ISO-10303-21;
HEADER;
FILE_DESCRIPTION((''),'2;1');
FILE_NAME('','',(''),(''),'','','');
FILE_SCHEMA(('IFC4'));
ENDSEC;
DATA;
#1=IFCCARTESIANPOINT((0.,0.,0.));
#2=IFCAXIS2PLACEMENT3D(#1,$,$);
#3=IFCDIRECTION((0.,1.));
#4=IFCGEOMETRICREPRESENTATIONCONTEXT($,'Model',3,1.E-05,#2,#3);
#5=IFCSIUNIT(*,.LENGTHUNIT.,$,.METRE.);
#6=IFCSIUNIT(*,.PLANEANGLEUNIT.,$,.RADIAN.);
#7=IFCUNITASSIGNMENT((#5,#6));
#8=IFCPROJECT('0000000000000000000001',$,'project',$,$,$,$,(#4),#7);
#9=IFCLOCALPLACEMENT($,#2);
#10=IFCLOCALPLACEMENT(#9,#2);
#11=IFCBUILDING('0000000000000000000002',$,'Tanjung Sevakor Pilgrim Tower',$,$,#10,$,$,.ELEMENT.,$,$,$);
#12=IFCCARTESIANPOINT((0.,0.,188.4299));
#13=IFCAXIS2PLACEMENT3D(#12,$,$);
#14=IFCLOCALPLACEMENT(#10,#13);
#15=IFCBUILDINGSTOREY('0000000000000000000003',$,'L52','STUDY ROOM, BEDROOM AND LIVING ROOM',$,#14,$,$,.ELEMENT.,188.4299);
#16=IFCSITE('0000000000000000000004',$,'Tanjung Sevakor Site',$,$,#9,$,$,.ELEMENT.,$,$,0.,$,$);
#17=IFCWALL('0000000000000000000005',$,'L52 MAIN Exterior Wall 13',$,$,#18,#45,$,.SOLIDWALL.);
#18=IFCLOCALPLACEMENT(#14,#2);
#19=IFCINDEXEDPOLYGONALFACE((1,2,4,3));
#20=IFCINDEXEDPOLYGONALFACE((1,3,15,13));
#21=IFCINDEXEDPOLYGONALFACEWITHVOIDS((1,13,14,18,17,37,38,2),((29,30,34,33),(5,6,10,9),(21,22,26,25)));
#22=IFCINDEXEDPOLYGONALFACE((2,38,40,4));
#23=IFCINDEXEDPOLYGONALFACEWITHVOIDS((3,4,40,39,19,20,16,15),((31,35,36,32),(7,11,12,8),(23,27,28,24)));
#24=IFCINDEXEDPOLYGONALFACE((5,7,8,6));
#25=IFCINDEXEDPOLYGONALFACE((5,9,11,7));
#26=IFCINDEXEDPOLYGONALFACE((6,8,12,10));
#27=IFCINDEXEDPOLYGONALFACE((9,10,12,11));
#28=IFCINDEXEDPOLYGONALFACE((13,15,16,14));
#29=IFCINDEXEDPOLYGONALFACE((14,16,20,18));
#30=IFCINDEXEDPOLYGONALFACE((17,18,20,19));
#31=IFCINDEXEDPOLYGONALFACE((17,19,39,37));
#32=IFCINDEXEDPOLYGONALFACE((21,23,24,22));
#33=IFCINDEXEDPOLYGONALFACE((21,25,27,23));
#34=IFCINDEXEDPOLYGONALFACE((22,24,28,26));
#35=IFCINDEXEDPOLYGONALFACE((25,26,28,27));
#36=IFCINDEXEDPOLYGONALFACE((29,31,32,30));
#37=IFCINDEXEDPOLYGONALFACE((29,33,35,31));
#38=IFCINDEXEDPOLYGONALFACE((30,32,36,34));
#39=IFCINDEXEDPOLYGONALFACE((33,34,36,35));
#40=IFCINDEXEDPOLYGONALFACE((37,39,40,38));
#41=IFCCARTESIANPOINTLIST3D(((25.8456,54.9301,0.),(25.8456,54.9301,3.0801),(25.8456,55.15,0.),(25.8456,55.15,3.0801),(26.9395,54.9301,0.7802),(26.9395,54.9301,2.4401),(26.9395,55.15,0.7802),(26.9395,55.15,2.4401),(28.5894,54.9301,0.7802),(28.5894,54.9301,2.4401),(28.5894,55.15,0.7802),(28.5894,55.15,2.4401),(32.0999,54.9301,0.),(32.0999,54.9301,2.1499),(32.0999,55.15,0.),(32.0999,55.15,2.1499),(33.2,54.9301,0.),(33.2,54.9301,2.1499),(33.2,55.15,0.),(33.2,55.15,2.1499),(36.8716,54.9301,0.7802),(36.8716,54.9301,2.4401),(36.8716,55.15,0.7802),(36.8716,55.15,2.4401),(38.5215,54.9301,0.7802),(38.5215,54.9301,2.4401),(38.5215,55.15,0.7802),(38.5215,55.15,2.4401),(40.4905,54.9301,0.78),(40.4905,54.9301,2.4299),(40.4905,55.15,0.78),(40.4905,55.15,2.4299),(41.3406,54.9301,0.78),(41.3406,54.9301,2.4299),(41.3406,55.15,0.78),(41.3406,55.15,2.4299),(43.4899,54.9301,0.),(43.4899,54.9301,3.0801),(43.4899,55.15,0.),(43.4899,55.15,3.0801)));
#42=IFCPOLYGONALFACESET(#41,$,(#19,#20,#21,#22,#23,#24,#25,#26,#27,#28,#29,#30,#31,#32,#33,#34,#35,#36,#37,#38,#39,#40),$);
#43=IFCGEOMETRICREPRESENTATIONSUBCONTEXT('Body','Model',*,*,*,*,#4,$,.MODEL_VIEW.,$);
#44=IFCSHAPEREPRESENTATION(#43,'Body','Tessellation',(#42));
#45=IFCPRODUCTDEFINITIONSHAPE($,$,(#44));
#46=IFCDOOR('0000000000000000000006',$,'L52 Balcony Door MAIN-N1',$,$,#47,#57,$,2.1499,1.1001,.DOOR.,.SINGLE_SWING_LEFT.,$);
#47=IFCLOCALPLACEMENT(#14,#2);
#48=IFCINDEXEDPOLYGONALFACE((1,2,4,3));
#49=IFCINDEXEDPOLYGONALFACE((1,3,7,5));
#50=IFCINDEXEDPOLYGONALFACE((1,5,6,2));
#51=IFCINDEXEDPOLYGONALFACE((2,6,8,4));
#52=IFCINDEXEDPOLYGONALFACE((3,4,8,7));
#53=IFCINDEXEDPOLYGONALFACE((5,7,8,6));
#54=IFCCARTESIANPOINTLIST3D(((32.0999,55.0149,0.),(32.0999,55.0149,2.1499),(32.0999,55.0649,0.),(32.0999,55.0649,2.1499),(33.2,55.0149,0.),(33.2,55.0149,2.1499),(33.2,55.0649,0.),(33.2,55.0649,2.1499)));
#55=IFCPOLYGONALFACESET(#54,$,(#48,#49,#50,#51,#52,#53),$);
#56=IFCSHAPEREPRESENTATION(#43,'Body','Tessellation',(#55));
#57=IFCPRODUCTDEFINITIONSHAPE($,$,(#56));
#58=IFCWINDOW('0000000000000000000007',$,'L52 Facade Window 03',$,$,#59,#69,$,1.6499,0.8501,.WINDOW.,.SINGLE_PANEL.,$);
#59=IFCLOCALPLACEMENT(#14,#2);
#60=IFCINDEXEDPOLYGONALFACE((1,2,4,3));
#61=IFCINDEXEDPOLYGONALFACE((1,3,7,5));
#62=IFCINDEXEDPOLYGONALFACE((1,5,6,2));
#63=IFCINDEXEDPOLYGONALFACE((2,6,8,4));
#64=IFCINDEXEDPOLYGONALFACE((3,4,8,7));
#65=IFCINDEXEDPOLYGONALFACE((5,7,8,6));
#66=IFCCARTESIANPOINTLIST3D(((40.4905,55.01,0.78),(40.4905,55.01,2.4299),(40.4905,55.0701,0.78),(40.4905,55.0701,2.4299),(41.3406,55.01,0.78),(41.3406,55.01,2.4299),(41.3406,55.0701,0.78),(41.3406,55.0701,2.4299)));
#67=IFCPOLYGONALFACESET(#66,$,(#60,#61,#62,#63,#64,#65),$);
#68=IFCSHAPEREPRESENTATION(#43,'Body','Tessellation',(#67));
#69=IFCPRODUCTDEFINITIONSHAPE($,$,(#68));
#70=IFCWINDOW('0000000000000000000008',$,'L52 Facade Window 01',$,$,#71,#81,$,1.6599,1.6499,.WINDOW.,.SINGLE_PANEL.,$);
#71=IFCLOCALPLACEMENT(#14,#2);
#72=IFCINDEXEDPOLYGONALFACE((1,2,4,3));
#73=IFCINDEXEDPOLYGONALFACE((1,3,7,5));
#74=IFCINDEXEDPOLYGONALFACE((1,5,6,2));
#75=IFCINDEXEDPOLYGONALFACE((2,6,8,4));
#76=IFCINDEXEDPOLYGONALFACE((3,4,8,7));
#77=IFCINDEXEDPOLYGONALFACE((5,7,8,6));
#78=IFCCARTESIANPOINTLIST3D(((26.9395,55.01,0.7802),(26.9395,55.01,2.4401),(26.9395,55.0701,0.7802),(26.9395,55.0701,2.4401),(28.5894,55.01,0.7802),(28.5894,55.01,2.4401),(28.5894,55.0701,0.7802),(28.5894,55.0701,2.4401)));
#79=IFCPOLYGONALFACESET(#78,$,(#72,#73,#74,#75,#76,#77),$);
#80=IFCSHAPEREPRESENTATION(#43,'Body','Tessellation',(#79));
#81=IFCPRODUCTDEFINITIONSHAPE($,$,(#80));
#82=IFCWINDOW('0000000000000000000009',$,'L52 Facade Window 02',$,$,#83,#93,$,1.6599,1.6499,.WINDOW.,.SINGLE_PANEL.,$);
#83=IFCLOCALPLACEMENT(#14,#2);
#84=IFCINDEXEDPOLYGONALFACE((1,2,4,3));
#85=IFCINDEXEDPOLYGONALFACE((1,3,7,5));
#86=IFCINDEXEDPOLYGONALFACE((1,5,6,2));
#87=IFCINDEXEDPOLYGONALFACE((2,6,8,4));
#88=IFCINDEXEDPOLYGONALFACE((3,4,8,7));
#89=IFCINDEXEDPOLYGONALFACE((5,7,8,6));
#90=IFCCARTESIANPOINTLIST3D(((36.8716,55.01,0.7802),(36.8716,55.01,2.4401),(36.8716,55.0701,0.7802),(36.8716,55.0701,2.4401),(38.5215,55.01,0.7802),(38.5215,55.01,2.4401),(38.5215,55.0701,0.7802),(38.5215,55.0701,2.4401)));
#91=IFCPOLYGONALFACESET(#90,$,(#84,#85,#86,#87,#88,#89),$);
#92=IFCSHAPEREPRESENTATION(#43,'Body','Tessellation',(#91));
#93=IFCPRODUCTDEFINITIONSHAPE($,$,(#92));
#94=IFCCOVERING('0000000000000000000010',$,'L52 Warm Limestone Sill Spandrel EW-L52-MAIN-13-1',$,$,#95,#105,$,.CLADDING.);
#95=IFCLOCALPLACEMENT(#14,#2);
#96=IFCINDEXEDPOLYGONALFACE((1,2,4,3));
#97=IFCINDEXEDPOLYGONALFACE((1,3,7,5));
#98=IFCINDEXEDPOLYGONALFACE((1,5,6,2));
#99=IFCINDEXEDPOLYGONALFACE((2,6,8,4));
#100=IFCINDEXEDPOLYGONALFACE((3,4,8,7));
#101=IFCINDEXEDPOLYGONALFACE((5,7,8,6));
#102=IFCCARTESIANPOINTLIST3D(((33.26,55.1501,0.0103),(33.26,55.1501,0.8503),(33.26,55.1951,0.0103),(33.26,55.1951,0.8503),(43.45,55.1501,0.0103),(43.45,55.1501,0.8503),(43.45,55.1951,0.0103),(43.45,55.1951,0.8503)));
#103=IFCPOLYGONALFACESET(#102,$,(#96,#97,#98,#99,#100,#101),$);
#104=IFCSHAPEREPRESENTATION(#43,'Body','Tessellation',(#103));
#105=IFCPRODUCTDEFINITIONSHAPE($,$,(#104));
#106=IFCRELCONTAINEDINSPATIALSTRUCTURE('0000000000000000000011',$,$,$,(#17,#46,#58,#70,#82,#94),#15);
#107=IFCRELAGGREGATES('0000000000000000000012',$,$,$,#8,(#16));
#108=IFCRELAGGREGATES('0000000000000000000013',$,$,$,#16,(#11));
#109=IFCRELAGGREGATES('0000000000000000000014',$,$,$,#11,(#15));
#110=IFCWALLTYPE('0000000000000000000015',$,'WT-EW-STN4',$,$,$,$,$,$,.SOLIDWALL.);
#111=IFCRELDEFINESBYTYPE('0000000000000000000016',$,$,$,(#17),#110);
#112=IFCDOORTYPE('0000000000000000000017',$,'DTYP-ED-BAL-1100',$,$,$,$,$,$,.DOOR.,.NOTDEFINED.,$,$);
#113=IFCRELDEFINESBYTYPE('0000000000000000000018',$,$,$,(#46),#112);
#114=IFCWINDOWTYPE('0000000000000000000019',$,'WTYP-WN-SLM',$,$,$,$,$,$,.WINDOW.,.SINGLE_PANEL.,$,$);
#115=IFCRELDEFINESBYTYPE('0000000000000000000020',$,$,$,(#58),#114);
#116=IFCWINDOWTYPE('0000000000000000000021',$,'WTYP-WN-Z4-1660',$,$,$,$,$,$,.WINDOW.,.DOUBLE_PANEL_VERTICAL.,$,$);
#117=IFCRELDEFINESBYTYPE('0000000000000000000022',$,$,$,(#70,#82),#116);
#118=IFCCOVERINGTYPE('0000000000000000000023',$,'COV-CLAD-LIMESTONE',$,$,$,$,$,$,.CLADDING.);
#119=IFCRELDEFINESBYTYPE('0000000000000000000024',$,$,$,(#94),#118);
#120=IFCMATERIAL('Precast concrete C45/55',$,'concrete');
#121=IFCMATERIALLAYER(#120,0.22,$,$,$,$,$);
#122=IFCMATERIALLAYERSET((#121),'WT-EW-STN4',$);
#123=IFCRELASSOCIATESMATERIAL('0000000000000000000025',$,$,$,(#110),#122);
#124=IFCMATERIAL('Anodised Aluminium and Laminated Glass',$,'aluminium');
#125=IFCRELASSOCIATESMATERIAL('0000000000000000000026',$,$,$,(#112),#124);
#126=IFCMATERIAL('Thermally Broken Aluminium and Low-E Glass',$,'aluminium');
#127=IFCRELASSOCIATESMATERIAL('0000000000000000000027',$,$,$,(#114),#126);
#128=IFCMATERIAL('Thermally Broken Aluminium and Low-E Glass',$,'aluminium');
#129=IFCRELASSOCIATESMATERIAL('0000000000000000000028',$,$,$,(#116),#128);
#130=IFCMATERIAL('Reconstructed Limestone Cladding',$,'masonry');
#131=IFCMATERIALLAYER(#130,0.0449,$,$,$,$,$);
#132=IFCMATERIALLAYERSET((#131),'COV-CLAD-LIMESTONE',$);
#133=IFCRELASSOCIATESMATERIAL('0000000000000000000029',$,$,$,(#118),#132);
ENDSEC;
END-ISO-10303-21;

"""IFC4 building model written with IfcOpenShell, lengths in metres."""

from ifc_helpers import new_model, si_unit, direction, frame, frame_2d, origin, origin_2d, place, context, subcontext, project, spatial, rectangle, extrude, material, layer, layer_set, type_object, element, fill, save


model = new_model("IFC4")

# Units and contexts
model_context = context("Model", 3, precision=1e-05, world=origin(), true_north=direction((0.0, 1.0)))
body_context = subcontext(model_context, "Body", "Model", "MODEL_VIEW")
ifc_project = project(units=[si_unit("LENGTHUNIT", "METRE"), si_unit("PLANEANGLEUNIT", "RADIAN")], contexts=[model_context])

# Site, building, storey
site_placement = place(None, origin())
site = spatial("IfcSite", under=ifc_project, at=site_placement, Name="Tanjung Sevakor Site", CompositionType="ELEMENT", RefElevation=0.0)
building_placement = place(site_placement, origin())
building = spatial("IfcBuilding", under=site, at=building_placement, Name="Tanjung Sevakor Pilgrim Tower", CompositionType="ELEMENT")
storey_placement = place(building_placement, frame((0.0, 0.0, 188.4299)))
storey = spatial("IfcBuildingStorey", under=building, at=storey_placement, Name="L52", Description="STUDY ROOM, BEDROOM AND LIVING ROOM", CompositionType="ELEMENT", Elevation=188.4299)

# Shared definitions
ifc_material_1 = material(Name="Precast concrete C45/55", Category="concrete")
ifc_layer_1 = layer(ifc_material_1, 0.22)
ifc_layer_set_1 = layer_set([ifc_layer_1], Name="WT-EW-STN4")
wall_type_1 = type_object("IfcWallType", Name="WT-EW-STN4", PredefinedType="SOLIDWALL", material=ifc_layer_set_1)

# Wall, openings, door, windows
wall_1_placement = place(storey_placement, frame((43.49, 55.04, 0.0), z_axis=(0.0, 0.0, 1.0), x_axis=(-1.0, 0.0, 0.0)))
wall_1 = element("IfcWall", 1, at=wall_1_placement, inside=storey, type_object=wall_type_1, Name="L52 MAIN Exterior Wall 13", PredefinedType="SOLIDWALL", context=body_context, shape_type="SweptSolid", body=[
    extrude(rectangle(XDim=17.6443, YDim=0.22, at=frame_2d((8.8223, 0.0))), origin(), (0.0, 0.0, 1.0), 3.0801),
])
opening_1_placement = place(wall_1_placement, frame((10.29, 0.0, 0.0)))
opening_1 = element("IfcOpeningElement", 2, at=opening_1_placement, cuts=wall_1, PredefinedType="OPENING", context=body_context, shape_type="SweptSolid", body=[
    extrude(rectangle(XDim=1.1001, YDim=2.1499, at=frame_2d((0.55, 1.075))), frame((0.0, 0.1199, 0.0), z_axis=(0.0, -1.0, 0.0), x_axis=(1.0, 0.0, 0.0)), (0.0, 0.0, 1.0), 0.24),
])
opening_2_placement = place(wall_1_placement, frame((14.9006, 0.0, 0.78)))
opening_2 = element("IfcOpeningElement", 3, at=opening_2_placement, cuts=wall_1, PredefinedType="OPENING", context=body_context, shape_type="SweptSolid", body=[
    extrude(rectangle(XDim=1.6499, YDim=1.6599, at=frame_2d((0.825, 0.8301))), frame((0.0, 0.1199, 0.0), z_axis=(0.0, -1.0, 0.0), x_axis=(1.0, 0.0, 0.0)), (0.0, 0.0, 1.0), 0.24),
])
opening_3_placement = place(wall_1_placement, frame((4.9685, 0.0, 0.78)))
opening_3 = element("IfcOpeningElement", 4, at=opening_3_placement, cuts=wall_1, PredefinedType="OPENING", context=body_context, shape_type="SweptSolid", body=[
    extrude(rectangle(XDim=1.6499, YDim=1.6599, at=frame_2d((0.825, 0.8301))), frame((0.0, 0.1199, 0.0), z_axis=(0.0, -1.0, 0.0), x_axis=(1.0, 0.0, 0.0)), (0.0, 0.0, 1.0), 0.24),
])
opening_4_placement = place(wall_1_placement, frame((2.1494, 0.0, 0.78)))
opening_4 = element("IfcOpeningElement", 5, at=opening_4_placement, cuts=wall_1, PredefinedType="OPENING", context=body_context, shape_type="SweptSolid", body=[
    extrude(rectangle(XDim=0.8501, YDim=1.6499, at=frame_2d((0.425, 0.825))), frame((0.0, 0.1199, 0.0), z_axis=(0.0, -1.0, 0.0), x_axis=(1.0, 0.0, 0.0)), (0.0, 0.0, 1.0), 0.24),
])
ifc_material_2 = material(Name="Anodised Aluminium and Laminated Glass", Category="aluminium")
door_type_1 = type_object("IfcDoorType", Name="DTYP-ED-BAL-1100", OperationType="NOTDEFINED", PredefinedType="DOOR", material=ifc_material_2)
door_1_placement = place(opening_1_placement, frame((1.1001, 0.0, 0.0), z_axis=(0.0, 0.0, 1.0), x_axis=(-1.0, 0.0, 0.0)))
door_1 = element("IfcDoor", 6, at=door_1_placement, inside=storey, type_object=door_type_1, Name="L52 Balcony Door MAIN-N1", OperationType="SINGLE_SWING_LEFT", OverallHeight=2.1499, OverallWidth=1.1001, PredefinedType="DOOR", context=body_context, shape_type="SweptSolid", body=[
    extrude(rectangle(XDim=1.1001, YDim=2.1499, at=frame_2d((0.55, 1.075))), frame((0.0, 0.0249, 0.0), z_axis=(0.0, -1.0, 0.0), x_axis=(1.0, 0.0, 0.0)), (0.0, 0.0, 1.0), 0.05),
])
fill(opening_1, door_1)
ifc_material_3 = material(Name="Thermally Broken Aluminium and Low-E Glass", Category="aluminium")
window_type_1 = type_object("IfcWindowType", Name="WTYP-WN-SLM", PartitioningType="SINGLE_PANEL", PredefinedType="WINDOW", material=ifc_material_3)
window_1_placement = place(opening_4_placement, origin())
window_1 = element("IfcWindow", 7, at=window_1_placement, inside=storey, type_object=window_type_1, Name="L52 Facade Window 03", OverallHeight=1.6499, OverallWidth=0.8501, PartitioningType="SINGLE_PANEL", PredefinedType="WINDOW", context=body_context, shape_type="SweptSolid", body=[
    extrude(rectangle(XDim=0.8501, YDim=1.6499, at=frame_2d((0.425, 0.825))), frame((0.0, 0.03, 0.0), z_axis=(0.0, -1.0, 0.0), x_axis=(1.0, 0.0, 0.0)), (0.0, 0.0, 1.0), 0.0601),
])
fill(opening_4, window_1)
ifc_material_4 = material(Name="Thermally Broken Aluminium and Low-E Glass", Category="aluminium")
window_type_2 = type_object("IfcWindowType", Name="WTYP-WN-Z4-1660", PartitioningType="DOUBLE_PANEL_VERTICAL", PredefinedType="WINDOW", material=ifc_material_4)
window_2_placement = place(opening_2_placement, origin())
window_2 = element("IfcWindow", 8, at=window_2_placement, inside=storey, type_object=window_type_2, Name="L52 Facade Window 01", OverallHeight=1.6599, OverallWidth=1.6499, PartitioningType="SINGLE_PANEL", PredefinedType="WINDOW", context=body_context, shape_type="SweptSolid", body=[
    extrude(rectangle(XDim=1.6499, YDim=1.6599, at=frame_2d((0.825, 0.8301))), frame((0.0, 0.03, 0.0), z_axis=(0.0, -1.0, 0.0), x_axis=(1.0, 0.0, 0.0)), (0.0, 0.0, 1.0), 0.0601),
])
fill(opening_2, window_2)
window_3_placement = place(opening_3_placement, origin())
window_3 = element("IfcWindow", 9, at=window_3_placement, inside=storey, type_object=window_type_2, Name="L52 Facade Window 02", OverallHeight=1.6599, OverallWidth=1.6499, PartitioningType="SINGLE_PANEL", PredefinedType="WINDOW", context=body_context, shape_type="SweptSolid", body=[
    extrude(rectangle(XDim=1.6499, YDim=1.6599, at=frame_2d((0.825, 0.8301))), frame((0.0, 0.03, 0.0), z_axis=(0.0, -1.0, 0.0), x_axis=(1.0, 0.0, 0.0)), (0.0, 0.0, 1.0), 0.0601),
])
fill(opening_3, window_3)

# Covering
ifc_material_5 = material(Name="Reconstructed Limestone Cladding", Category="masonry")
ifc_layer_2 = layer(ifc_material_5, 0.0449)
ifc_layer_set_2 = layer_set([ifc_layer_2], Name="COV-CLAD-LIMESTONE")
covering_type = type_object("IfcCoveringType", Name="COV-CLAD-LIMESTONE", PredefinedType="CLADDING", material=ifc_layer_set_2)
covering_placement = place(storey_placement, frame((38.355, 55.1726, 0.0103), z_axis=(0.0, 0.0, 1.0), x_axis=(-1.0, 0.0, 0.0)))
element("IfcCovering", 10, at=covering_placement, inside=storey, type_object=covering_type, Name="L52 Warm Limestone Sill Spandrel EW-L52-MAIN-13-1", PredefinedType="CLADDING", context=body_context, shape_type="SweptSolid", body=[
    extrude(rectangle(XDim=10.1899, YDim=0.0449, at=origin_2d()), origin(), (0.0, 0.0, 1.0), 0.8401),
])

save(model, "model.ifc")
